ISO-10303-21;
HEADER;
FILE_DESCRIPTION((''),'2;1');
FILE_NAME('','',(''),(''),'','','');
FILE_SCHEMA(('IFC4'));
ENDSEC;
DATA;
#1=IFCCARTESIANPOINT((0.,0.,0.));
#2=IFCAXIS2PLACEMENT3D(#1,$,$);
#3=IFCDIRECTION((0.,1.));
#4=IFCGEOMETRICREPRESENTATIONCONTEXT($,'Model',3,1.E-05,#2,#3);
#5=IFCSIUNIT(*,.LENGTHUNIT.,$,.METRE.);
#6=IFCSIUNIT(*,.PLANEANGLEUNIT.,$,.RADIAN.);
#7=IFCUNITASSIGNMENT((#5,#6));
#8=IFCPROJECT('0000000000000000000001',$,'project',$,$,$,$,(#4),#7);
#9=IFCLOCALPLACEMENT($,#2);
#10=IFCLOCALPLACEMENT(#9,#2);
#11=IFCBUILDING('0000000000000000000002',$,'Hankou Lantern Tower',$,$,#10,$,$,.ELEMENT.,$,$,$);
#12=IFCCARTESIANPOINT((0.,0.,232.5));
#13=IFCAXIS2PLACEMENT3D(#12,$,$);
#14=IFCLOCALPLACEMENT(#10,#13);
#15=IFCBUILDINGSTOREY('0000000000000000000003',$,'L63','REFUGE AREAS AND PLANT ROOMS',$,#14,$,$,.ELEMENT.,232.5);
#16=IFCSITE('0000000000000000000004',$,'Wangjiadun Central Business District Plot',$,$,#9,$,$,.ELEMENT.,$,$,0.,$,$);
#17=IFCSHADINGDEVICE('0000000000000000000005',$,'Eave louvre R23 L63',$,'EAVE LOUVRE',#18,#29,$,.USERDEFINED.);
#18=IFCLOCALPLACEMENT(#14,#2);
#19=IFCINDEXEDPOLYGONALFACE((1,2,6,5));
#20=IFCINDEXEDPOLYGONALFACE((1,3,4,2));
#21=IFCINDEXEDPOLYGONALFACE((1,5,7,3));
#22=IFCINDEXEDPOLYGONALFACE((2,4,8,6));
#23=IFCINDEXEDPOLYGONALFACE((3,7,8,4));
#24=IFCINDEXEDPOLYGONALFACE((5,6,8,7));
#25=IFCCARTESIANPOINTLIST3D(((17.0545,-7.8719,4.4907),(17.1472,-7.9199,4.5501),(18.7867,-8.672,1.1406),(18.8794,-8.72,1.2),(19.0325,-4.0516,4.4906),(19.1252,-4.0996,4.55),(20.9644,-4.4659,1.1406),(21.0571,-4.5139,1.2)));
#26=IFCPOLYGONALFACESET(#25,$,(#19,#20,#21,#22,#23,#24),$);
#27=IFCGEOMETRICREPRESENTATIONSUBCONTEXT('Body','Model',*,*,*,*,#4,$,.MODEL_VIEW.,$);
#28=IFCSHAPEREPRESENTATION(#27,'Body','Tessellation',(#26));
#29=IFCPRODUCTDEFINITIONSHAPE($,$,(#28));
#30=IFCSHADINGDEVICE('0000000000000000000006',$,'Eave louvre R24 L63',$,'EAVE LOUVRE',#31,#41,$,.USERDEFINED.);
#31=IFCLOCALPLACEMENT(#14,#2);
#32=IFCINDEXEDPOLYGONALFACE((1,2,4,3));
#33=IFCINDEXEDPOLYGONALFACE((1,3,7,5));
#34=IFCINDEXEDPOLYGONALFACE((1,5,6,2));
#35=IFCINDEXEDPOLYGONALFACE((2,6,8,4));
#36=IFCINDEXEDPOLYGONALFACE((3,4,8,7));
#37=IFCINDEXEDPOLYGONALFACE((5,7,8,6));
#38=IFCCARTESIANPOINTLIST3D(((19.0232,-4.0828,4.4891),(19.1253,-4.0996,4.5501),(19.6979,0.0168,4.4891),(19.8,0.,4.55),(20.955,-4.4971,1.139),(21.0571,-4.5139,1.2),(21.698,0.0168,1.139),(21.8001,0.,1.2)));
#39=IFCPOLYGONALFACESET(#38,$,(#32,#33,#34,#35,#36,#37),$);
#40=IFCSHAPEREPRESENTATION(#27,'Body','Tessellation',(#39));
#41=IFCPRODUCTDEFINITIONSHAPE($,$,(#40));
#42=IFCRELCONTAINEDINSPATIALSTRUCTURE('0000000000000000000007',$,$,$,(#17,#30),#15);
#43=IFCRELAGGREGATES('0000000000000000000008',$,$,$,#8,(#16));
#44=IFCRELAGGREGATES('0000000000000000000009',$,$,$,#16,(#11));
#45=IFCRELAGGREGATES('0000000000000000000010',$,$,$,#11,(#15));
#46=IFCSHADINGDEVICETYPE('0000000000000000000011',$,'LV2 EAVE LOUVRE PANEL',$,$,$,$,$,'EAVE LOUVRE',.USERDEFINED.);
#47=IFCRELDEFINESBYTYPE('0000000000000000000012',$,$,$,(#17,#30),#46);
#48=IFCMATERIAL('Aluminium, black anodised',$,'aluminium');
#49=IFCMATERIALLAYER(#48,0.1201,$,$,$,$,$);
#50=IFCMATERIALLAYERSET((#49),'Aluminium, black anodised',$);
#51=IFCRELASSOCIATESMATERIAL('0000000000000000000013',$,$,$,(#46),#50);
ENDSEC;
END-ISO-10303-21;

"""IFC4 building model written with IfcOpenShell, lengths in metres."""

from ifc_helpers import new_model, si_unit, direction, frame, origin, place, context, subcontext, project, spatial, polyline, outline, extrude, material, layer, layer_set, type_object, element, save


model = new_model("IFC4")

# Units and contexts
model_context = context("Model", 3, precision=1e-05, world=origin(), true_north=direction((0.0, 1.0)))
body_context = subcontext(model_context, "Body", "Model", "MODEL_VIEW")
ifc_project = project(units=[si_unit("LENGTHUNIT", "METRE"), si_unit("PLANEANGLEUNIT", "RADIAN")], contexts=[model_context])

# Site, building, storey
site_placement = place(None, origin())
site = spatial("IfcSite", under=ifc_project, at=site_placement, Name="Wangjiadun Central Business District Plot", CompositionType="ELEMENT", RefElevation=0.0)
building_placement = place(site_placement, origin())
building = spatial("IfcBuilding", under=site, at=building_placement, Name="Hankou Lantern Tower", CompositionType="ELEMENT")
storey_placement = place(building_placement, frame((0.0, 0.0, 232.5)))
storey = spatial("IfcBuildingStorey", under=building, at=storey_placement, Name="L63", Description="REFUGE AREAS AND PLANT ROOMS", CompositionType="ELEMENT", Elevation=232.5)

# Shading devices
ifc_material_1 = material(Name="Aluminium, black anodised", Category="aluminium")
ifc_layer_1 = layer(ifc_material_1, 0.1201)
ifc_layer_set_1 = layer_set([ifc_layer_1], Name="Aluminium, black anodised")
shading_device_type = type_object("IfcShadingDeviceType", Name="LV2 EAVE LOUVRE PANEL", ElementType="EAVE LOUVRE", PredefinedType="USERDEFINED", material=ifc_layer_set_1)
shading_device_1_placement = place(storey_placement, frame((18.8794, -8.72, 1.2), z_axis=(0.771844, -0.399633, 0.49452), x_axis=(0.459788, 0.888028, 0.000001)))
element("IfcShadingDevice", 1, at=shading_device_1_placement, inside=storey, type_object=shading_device_type, Name="Eave louvre R23 L63", ObjectType="EAVE LOUVRE", PredefinedType="USERDEFINED", context=body_context, shape_type="SweptSolid", body=[
    extrude(outline(polyline([(0.0, 0.0), (4.7364, 0.0), (4.2161, 3.8544), (-0.086, 3.8544), (0.0, 0.0)])), origin(), (0.0, 0.0, -1.0), 0.1201),
])
shading_device_2_placement = place(storey_placement, frame((21.0571, -4.5139, 1.2), z_axis=(0.850176, -0.139933, 0.507563), x_axis=(0.162406, 0.986724, 0.000004)))
element("IfcShadingDevice", 2, at=shading_device_2_placement, inside=storey, type_object=shading_device_type, Name="Eave louvre R24 L63", ObjectType="EAVE LOUVRE", PredefinedType="USERDEFINED", context=body_context, shape_type="SweptSolid", body=[
    extrude(outline(polyline([(0.0, 0.0), (4.5746, 0.0), (4.2498, 3.8881), (0.0951, 3.8882), (0.0, 0.0)])), origin(), (0.0, 0.0, -1.0), 0.1201),
])

save(model, "model.ifc")
